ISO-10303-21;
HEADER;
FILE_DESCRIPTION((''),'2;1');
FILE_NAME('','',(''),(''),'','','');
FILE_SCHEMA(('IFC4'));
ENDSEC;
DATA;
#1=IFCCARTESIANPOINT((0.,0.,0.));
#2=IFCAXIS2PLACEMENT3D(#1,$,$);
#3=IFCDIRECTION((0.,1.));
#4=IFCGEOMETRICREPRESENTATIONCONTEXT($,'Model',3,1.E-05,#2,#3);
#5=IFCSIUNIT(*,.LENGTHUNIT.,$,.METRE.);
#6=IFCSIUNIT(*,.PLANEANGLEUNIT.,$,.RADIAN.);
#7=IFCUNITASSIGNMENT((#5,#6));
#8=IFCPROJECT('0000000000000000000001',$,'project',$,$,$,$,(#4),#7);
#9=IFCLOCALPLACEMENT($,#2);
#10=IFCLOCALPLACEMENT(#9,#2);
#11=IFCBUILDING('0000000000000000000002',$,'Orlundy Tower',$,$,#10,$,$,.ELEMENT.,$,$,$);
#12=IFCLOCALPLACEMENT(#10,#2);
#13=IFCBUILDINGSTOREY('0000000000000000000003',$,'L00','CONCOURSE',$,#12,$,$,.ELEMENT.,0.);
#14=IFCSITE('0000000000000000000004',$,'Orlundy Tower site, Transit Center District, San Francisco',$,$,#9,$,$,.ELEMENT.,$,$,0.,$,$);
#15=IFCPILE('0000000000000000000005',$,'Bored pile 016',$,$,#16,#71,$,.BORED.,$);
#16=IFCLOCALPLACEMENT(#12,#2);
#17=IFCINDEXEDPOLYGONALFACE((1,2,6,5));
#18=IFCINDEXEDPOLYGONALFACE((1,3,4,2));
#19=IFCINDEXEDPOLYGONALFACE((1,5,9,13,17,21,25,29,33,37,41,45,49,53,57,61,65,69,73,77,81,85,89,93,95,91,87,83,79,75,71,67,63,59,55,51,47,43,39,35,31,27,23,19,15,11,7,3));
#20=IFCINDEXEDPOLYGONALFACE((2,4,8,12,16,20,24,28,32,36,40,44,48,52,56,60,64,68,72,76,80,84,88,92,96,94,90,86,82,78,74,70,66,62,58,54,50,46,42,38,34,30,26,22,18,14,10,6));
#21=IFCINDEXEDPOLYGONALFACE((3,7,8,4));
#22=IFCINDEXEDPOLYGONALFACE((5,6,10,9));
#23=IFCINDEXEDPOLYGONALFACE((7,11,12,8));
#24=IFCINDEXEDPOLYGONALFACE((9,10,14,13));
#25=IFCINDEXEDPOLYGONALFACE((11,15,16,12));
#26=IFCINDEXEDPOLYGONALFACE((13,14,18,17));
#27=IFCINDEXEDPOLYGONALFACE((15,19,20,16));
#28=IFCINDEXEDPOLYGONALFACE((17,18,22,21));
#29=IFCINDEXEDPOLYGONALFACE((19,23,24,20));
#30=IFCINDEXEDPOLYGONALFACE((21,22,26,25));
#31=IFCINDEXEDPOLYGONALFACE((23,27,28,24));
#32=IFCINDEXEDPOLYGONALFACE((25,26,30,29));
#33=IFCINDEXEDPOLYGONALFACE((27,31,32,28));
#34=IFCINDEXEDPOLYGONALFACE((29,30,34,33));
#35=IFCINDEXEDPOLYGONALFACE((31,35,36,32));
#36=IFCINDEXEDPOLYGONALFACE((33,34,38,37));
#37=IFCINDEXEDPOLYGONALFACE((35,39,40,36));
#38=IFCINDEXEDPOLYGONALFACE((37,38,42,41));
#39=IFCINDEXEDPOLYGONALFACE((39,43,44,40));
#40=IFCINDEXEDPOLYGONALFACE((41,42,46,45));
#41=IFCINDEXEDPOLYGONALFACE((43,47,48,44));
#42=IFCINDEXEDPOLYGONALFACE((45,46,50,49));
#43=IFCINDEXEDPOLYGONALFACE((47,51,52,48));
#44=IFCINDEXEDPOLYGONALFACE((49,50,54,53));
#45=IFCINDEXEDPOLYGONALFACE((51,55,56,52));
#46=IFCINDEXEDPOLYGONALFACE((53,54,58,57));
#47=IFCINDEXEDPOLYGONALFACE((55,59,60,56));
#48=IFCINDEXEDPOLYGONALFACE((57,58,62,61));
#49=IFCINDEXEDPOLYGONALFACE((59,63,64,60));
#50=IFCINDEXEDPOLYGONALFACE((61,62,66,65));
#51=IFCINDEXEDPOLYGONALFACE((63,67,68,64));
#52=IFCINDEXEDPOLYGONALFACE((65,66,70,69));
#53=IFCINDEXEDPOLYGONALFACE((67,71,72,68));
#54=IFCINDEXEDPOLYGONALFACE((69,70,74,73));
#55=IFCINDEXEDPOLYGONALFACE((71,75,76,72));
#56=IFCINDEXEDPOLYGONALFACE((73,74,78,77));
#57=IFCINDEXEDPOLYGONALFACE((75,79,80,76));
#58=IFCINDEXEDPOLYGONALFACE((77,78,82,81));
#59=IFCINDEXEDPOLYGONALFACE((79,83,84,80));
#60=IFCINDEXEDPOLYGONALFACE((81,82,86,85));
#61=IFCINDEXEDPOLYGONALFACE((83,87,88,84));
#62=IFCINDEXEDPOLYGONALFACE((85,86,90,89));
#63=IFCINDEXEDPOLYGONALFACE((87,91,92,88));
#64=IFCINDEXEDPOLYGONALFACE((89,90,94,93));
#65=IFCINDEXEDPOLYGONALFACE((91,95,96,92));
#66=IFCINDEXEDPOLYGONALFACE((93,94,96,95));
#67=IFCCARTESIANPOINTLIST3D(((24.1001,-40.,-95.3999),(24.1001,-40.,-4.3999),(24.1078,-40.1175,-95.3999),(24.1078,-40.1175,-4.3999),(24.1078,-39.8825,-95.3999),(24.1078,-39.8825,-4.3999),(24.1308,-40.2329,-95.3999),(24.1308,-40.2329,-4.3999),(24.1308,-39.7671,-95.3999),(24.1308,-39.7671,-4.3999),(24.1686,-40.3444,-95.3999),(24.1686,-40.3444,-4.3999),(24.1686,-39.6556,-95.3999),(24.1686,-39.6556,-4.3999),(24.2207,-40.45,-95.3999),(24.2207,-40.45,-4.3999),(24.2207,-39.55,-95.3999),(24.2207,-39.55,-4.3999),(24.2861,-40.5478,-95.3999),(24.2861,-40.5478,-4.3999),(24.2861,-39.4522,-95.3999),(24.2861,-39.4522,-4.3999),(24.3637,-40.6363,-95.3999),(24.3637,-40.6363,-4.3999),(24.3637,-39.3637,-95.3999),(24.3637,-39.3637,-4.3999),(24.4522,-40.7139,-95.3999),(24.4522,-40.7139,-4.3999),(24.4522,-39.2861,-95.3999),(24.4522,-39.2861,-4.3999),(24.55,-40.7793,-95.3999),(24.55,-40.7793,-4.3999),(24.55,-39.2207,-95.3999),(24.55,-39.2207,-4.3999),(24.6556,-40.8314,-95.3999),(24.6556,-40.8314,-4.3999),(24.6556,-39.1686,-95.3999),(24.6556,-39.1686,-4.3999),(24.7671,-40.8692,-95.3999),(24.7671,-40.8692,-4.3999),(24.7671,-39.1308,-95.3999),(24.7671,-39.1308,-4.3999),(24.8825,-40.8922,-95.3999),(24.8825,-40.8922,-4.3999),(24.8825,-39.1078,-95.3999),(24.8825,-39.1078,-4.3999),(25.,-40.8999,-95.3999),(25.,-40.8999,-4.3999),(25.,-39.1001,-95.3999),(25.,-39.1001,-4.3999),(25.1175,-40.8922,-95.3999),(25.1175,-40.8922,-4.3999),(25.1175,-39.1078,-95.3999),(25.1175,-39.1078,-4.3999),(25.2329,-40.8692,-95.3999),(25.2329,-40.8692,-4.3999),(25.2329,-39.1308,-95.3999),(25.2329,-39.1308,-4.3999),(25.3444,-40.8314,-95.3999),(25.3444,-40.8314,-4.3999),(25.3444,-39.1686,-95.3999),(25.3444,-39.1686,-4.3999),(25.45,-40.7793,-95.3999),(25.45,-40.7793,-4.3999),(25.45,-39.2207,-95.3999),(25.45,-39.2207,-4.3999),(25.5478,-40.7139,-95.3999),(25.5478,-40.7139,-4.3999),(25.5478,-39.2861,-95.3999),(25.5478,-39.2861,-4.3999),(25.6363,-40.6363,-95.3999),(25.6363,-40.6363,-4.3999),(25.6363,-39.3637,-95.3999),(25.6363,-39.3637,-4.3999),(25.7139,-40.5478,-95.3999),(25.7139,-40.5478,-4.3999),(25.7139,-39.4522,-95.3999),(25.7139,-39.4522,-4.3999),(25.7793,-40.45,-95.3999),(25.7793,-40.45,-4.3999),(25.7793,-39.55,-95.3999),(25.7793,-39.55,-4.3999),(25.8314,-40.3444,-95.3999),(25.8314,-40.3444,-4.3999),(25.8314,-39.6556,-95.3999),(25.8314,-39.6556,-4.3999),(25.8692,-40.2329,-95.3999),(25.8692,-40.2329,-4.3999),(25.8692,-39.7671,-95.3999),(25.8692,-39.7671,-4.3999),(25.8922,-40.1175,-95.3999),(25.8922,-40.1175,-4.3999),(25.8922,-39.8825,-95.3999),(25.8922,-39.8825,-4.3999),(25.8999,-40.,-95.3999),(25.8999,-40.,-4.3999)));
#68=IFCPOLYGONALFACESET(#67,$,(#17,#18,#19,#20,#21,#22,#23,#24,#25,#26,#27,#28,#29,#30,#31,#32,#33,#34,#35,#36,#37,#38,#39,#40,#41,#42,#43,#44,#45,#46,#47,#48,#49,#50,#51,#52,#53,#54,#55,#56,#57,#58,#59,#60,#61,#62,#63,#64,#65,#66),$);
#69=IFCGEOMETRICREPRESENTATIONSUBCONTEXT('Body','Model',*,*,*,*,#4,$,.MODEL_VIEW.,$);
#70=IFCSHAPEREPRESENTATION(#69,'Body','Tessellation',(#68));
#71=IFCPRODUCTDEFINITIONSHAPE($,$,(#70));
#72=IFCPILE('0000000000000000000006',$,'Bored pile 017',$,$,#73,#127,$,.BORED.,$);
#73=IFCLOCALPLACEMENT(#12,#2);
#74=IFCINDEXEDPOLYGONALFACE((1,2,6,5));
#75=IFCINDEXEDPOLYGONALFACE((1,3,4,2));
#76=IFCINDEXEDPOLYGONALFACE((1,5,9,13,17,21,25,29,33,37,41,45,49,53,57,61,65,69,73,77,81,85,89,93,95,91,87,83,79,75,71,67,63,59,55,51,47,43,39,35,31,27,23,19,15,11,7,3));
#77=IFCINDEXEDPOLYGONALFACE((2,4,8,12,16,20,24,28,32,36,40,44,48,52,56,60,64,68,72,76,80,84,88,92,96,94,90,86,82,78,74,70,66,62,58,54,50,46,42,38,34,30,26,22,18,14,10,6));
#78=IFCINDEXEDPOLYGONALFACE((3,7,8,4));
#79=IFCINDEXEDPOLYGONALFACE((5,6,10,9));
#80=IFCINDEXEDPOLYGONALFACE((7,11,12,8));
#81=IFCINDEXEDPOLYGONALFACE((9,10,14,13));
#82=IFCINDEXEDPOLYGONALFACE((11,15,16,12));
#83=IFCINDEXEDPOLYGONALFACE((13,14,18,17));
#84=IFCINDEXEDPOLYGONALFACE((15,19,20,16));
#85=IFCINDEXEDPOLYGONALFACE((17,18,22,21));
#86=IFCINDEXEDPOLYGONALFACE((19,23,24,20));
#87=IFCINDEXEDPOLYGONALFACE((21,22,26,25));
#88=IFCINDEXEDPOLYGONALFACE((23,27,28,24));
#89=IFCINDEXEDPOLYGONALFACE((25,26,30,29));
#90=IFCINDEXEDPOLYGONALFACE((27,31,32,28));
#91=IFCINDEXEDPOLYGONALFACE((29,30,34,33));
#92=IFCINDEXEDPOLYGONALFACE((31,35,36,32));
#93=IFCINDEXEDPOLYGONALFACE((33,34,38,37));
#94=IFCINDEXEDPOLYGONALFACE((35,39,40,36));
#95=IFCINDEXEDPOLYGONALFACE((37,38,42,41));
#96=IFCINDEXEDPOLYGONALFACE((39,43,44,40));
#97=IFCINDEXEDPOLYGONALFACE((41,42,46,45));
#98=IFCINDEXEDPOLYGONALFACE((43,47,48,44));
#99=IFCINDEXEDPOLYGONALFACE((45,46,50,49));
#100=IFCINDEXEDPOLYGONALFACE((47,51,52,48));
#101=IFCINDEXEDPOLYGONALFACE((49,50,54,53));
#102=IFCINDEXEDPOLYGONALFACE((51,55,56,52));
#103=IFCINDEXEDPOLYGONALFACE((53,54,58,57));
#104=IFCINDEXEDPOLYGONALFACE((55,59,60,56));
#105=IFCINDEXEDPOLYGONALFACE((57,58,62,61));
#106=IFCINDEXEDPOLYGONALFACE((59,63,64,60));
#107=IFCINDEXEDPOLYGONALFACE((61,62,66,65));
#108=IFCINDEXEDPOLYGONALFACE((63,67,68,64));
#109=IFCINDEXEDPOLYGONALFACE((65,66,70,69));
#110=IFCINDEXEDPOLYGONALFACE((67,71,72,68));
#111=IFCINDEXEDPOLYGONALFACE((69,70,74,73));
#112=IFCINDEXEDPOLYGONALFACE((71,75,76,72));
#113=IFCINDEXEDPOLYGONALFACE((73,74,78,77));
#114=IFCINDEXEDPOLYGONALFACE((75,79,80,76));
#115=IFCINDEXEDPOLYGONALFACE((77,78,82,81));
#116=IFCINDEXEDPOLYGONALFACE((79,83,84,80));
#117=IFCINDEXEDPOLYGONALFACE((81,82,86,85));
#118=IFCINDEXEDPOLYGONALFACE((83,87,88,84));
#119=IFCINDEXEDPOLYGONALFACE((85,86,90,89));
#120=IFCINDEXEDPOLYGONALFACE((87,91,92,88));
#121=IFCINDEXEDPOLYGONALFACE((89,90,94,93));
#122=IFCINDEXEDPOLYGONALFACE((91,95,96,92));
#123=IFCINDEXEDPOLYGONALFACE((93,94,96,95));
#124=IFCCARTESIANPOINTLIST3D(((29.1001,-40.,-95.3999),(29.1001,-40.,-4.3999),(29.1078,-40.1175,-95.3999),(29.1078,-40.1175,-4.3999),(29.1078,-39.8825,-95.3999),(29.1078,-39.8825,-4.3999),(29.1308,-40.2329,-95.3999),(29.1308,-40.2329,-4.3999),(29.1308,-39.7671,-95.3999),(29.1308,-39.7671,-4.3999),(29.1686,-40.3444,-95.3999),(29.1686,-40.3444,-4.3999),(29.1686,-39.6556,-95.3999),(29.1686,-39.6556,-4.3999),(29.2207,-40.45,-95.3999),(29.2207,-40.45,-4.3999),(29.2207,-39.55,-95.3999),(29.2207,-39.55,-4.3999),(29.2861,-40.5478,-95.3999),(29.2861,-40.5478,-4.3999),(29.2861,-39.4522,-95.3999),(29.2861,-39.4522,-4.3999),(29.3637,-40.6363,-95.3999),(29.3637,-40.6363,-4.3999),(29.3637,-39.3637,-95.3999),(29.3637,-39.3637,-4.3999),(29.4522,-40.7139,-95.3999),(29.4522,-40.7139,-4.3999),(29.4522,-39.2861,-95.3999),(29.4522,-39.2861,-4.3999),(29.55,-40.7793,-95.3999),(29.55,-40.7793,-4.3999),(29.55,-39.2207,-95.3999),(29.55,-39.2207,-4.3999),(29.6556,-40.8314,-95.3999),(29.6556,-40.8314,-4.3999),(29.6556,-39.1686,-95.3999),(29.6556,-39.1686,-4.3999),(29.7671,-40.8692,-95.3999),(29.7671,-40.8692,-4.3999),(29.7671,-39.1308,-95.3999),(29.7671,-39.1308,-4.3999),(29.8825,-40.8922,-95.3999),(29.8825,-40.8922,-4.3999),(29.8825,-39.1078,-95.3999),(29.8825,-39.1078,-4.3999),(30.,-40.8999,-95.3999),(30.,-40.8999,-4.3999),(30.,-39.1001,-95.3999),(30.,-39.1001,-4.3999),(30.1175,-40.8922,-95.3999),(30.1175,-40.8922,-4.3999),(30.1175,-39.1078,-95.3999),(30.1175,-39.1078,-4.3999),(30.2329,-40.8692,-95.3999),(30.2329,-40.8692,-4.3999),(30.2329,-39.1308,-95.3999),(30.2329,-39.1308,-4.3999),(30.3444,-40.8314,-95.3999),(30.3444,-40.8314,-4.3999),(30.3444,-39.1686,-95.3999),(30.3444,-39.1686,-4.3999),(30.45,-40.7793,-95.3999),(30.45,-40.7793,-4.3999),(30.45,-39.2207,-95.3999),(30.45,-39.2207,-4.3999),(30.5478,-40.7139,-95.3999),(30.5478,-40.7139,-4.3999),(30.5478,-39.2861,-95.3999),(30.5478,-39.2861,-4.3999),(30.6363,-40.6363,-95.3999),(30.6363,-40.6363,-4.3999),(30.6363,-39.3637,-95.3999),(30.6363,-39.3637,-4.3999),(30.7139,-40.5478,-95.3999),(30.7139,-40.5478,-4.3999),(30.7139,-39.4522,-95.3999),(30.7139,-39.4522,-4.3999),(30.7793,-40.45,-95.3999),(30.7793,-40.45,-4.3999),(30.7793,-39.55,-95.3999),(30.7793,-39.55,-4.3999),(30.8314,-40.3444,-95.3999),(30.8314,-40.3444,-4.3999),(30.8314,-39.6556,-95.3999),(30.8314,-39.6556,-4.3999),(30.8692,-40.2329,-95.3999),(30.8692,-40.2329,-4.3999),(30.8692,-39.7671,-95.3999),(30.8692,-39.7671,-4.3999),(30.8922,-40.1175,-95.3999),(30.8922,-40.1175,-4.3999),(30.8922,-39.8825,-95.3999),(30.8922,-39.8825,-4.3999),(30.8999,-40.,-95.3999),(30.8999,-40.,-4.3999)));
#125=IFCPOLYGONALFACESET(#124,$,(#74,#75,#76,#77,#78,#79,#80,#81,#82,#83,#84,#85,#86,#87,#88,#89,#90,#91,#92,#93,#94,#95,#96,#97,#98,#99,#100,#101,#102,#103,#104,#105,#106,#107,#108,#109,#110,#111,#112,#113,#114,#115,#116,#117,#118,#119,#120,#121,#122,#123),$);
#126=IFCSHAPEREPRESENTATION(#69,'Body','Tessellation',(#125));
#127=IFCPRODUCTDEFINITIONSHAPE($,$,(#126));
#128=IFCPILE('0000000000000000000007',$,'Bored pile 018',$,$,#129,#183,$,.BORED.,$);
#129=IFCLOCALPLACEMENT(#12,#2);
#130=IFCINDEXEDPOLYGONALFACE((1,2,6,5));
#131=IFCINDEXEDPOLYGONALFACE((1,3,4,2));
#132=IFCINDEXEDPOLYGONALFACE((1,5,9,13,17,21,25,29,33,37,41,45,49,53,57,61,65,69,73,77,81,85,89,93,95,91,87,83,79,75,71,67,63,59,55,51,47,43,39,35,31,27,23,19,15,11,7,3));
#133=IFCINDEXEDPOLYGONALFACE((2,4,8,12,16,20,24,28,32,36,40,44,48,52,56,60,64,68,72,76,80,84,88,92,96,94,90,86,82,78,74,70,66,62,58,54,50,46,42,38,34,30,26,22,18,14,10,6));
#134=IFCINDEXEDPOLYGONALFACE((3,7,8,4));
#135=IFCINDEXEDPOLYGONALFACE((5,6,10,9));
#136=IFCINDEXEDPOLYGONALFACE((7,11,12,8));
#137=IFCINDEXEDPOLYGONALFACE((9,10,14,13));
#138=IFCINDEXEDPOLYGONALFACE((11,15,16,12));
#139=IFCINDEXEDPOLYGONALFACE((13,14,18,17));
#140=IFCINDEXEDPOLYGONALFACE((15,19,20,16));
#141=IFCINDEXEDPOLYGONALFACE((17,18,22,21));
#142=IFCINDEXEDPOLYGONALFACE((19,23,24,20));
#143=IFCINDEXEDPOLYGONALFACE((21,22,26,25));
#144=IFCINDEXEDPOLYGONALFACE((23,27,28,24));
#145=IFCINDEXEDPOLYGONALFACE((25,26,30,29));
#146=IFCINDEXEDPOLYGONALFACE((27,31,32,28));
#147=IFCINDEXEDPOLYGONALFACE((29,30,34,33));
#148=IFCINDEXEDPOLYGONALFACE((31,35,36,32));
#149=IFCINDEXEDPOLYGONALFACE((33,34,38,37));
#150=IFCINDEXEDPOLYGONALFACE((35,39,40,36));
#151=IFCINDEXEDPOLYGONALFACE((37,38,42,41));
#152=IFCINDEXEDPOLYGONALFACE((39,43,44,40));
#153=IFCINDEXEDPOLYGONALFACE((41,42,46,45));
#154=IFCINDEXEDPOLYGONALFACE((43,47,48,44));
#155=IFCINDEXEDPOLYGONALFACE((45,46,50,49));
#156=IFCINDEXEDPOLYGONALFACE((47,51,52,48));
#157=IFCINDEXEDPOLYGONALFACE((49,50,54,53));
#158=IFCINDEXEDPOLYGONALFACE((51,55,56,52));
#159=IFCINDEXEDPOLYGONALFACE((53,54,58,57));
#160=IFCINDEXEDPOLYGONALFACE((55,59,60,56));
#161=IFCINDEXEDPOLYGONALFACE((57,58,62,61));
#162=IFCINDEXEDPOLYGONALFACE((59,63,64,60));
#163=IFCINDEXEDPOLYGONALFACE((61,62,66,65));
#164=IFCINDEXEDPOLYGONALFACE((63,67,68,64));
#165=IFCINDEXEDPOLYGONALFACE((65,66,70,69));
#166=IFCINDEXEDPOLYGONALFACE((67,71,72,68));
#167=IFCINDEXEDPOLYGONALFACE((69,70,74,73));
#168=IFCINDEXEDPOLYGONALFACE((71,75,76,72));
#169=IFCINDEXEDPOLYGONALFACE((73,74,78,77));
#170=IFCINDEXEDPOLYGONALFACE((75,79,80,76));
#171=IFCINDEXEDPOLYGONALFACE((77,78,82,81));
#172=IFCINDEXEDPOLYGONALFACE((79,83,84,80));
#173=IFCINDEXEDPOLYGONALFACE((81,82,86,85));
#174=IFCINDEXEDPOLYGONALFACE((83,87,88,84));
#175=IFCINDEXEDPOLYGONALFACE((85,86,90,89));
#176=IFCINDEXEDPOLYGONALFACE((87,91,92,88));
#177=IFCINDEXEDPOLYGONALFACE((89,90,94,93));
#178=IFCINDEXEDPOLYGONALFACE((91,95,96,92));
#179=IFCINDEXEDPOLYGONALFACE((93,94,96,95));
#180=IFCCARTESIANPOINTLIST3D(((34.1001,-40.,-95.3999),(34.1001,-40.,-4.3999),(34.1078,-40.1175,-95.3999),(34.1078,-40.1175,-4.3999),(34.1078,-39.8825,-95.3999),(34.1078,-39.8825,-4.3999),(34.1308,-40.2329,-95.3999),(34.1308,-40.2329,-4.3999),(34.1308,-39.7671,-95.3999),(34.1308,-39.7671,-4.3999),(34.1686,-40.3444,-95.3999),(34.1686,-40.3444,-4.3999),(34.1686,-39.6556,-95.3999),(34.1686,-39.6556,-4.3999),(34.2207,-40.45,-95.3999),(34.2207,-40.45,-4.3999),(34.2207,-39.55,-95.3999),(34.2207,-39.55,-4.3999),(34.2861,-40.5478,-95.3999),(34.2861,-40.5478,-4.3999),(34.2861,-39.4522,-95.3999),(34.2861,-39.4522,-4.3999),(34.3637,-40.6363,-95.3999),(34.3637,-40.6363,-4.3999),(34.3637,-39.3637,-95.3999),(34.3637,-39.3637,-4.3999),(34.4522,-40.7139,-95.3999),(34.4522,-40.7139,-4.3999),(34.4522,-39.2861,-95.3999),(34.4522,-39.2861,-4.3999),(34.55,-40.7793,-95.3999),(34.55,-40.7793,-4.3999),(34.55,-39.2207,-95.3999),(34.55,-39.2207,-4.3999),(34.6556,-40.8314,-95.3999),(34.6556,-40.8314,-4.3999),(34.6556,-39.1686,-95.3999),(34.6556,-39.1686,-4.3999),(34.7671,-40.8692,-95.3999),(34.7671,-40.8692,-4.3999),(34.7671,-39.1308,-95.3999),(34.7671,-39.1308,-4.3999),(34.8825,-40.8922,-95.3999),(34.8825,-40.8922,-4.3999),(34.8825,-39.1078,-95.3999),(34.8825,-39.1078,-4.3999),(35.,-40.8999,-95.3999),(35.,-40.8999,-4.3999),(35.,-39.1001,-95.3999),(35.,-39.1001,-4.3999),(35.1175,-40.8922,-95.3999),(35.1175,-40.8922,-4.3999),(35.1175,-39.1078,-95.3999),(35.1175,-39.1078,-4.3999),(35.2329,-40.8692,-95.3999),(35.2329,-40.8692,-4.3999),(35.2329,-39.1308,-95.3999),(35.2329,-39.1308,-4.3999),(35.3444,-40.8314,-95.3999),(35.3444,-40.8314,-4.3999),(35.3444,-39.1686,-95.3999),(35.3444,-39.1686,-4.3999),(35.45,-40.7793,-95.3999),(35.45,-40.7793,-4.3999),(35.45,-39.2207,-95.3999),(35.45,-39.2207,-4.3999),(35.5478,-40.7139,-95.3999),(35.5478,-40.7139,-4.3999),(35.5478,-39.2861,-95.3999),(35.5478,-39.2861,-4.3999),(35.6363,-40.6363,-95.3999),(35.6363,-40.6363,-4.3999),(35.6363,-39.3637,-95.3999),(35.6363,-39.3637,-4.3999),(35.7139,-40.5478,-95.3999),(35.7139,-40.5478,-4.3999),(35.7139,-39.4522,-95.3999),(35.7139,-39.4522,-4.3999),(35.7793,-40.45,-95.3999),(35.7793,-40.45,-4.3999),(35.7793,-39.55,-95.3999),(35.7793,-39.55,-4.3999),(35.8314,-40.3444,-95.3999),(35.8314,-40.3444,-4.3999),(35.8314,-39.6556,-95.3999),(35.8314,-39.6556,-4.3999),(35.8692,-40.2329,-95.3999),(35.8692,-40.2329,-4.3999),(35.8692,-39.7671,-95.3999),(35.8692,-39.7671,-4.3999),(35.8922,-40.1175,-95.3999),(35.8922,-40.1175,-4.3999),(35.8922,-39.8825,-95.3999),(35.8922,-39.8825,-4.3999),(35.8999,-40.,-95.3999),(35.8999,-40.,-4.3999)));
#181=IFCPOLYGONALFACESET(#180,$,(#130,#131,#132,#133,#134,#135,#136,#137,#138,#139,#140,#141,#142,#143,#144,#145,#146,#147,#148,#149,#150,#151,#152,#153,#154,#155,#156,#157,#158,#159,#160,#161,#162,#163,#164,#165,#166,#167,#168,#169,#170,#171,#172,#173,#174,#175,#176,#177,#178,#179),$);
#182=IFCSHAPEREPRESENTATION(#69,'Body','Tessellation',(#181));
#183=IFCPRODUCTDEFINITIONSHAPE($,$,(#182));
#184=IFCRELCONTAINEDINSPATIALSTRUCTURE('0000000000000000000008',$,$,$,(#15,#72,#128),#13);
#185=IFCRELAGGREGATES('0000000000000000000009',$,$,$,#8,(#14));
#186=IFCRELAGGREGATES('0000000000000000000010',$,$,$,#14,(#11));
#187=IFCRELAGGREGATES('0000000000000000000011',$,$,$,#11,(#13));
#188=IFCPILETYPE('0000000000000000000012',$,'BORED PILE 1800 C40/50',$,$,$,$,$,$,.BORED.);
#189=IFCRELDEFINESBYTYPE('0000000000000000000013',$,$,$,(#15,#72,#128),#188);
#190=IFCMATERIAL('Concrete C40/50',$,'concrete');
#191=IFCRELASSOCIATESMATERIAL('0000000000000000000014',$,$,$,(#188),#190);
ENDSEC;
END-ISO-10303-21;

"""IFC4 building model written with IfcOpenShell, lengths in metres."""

from ifc_helpers import new_model, si_unit, direction, frame, origin, origin_2d, place, context, subcontext, project, spatial, circle, extrude, material, material_profile, profile_set, type_object, element, save


model = new_model("IFC4")

# Units and contexts
model_context = context("Model", 3, precision=1e-05, world=origin(), true_north=direction((0.0, 1.0)))
body_context = subcontext(model_context, "Body", "Model", "MODEL_VIEW")
ifc_project = project(units=[si_unit("LENGTHUNIT", "METRE"), si_unit("PLANEANGLEUNIT", "RADIAN")], contexts=[model_context])

# Site, building, storey
site_placement = place(None, origin())
site = spatial("IfcSite", under=ifc_project, at=site_placement, Name="Orlundy Tower site, Transit Center District, San Francisco", CompositionType="ELEMENT", RefElevation=0.0)
building_placement = place(site_placement, origin())
building = spatial("IfcBuilding", under=site, at=building_placement, Name="Orlundy Tower", CompositionType="ELEMENT")
storey_placement = place(building_placement, origin())
storey = spatial("IfcBuildingStorey", under=building, at=storey_placement, Name="L00", Description="CONCOURSE", CompositionType="ELEMENT", Elevation=0.0)

# Piles
ifc_material_1 = material(Name="Concrete C40/50", Category="concrete")
ifc_material_profile_1 = material_profile(ifc_material_1, circle(Radius=0.8999, at=origin_2d()), Name="BP1800")
ifc_profile_set_1 = profile_set([ifc_material_profile_1], Name="Concrete C40/50")
pile_type = type_object("IfcPileType", Name="BORED PILE 1800 C40/50", PredefinedType="BORED", material=ifc_profile_set_1)
for number, where, z_axis, x_axis, name in (
    (1, (25.0, -40.0, -4.3999), (0.0, 0.0, -1.0), (1.0, 0.0, 0.0), "Bored pile 016"),
    (2, (30.0, -40.0, -4.3999), (0.0, 0.0, -1.0), (1.0, 0.0, 0.0), "Bored pile 017"),
    (3, (35.0, -40.0, -4.3999), (0.0, 0.0, -1.0), (1.0, 0.0, 0.0), "Bored pile 018"),
):
    element("IfcPile", number, at=place(storey_placement, frame(where, z_axis=z_axis, x_axis=x_axis)), inside=storey, type_object=pile_type, Name=name, PredefinedType="BORED", context=body_context, shape_type="SweptSolid", body=[
        extrude(circle(Radius=0.8999, at=origin_2d()), origin(), (0.0, 0.0, 1.0), 91.0),
    ])

save(model, "model.ifc")
